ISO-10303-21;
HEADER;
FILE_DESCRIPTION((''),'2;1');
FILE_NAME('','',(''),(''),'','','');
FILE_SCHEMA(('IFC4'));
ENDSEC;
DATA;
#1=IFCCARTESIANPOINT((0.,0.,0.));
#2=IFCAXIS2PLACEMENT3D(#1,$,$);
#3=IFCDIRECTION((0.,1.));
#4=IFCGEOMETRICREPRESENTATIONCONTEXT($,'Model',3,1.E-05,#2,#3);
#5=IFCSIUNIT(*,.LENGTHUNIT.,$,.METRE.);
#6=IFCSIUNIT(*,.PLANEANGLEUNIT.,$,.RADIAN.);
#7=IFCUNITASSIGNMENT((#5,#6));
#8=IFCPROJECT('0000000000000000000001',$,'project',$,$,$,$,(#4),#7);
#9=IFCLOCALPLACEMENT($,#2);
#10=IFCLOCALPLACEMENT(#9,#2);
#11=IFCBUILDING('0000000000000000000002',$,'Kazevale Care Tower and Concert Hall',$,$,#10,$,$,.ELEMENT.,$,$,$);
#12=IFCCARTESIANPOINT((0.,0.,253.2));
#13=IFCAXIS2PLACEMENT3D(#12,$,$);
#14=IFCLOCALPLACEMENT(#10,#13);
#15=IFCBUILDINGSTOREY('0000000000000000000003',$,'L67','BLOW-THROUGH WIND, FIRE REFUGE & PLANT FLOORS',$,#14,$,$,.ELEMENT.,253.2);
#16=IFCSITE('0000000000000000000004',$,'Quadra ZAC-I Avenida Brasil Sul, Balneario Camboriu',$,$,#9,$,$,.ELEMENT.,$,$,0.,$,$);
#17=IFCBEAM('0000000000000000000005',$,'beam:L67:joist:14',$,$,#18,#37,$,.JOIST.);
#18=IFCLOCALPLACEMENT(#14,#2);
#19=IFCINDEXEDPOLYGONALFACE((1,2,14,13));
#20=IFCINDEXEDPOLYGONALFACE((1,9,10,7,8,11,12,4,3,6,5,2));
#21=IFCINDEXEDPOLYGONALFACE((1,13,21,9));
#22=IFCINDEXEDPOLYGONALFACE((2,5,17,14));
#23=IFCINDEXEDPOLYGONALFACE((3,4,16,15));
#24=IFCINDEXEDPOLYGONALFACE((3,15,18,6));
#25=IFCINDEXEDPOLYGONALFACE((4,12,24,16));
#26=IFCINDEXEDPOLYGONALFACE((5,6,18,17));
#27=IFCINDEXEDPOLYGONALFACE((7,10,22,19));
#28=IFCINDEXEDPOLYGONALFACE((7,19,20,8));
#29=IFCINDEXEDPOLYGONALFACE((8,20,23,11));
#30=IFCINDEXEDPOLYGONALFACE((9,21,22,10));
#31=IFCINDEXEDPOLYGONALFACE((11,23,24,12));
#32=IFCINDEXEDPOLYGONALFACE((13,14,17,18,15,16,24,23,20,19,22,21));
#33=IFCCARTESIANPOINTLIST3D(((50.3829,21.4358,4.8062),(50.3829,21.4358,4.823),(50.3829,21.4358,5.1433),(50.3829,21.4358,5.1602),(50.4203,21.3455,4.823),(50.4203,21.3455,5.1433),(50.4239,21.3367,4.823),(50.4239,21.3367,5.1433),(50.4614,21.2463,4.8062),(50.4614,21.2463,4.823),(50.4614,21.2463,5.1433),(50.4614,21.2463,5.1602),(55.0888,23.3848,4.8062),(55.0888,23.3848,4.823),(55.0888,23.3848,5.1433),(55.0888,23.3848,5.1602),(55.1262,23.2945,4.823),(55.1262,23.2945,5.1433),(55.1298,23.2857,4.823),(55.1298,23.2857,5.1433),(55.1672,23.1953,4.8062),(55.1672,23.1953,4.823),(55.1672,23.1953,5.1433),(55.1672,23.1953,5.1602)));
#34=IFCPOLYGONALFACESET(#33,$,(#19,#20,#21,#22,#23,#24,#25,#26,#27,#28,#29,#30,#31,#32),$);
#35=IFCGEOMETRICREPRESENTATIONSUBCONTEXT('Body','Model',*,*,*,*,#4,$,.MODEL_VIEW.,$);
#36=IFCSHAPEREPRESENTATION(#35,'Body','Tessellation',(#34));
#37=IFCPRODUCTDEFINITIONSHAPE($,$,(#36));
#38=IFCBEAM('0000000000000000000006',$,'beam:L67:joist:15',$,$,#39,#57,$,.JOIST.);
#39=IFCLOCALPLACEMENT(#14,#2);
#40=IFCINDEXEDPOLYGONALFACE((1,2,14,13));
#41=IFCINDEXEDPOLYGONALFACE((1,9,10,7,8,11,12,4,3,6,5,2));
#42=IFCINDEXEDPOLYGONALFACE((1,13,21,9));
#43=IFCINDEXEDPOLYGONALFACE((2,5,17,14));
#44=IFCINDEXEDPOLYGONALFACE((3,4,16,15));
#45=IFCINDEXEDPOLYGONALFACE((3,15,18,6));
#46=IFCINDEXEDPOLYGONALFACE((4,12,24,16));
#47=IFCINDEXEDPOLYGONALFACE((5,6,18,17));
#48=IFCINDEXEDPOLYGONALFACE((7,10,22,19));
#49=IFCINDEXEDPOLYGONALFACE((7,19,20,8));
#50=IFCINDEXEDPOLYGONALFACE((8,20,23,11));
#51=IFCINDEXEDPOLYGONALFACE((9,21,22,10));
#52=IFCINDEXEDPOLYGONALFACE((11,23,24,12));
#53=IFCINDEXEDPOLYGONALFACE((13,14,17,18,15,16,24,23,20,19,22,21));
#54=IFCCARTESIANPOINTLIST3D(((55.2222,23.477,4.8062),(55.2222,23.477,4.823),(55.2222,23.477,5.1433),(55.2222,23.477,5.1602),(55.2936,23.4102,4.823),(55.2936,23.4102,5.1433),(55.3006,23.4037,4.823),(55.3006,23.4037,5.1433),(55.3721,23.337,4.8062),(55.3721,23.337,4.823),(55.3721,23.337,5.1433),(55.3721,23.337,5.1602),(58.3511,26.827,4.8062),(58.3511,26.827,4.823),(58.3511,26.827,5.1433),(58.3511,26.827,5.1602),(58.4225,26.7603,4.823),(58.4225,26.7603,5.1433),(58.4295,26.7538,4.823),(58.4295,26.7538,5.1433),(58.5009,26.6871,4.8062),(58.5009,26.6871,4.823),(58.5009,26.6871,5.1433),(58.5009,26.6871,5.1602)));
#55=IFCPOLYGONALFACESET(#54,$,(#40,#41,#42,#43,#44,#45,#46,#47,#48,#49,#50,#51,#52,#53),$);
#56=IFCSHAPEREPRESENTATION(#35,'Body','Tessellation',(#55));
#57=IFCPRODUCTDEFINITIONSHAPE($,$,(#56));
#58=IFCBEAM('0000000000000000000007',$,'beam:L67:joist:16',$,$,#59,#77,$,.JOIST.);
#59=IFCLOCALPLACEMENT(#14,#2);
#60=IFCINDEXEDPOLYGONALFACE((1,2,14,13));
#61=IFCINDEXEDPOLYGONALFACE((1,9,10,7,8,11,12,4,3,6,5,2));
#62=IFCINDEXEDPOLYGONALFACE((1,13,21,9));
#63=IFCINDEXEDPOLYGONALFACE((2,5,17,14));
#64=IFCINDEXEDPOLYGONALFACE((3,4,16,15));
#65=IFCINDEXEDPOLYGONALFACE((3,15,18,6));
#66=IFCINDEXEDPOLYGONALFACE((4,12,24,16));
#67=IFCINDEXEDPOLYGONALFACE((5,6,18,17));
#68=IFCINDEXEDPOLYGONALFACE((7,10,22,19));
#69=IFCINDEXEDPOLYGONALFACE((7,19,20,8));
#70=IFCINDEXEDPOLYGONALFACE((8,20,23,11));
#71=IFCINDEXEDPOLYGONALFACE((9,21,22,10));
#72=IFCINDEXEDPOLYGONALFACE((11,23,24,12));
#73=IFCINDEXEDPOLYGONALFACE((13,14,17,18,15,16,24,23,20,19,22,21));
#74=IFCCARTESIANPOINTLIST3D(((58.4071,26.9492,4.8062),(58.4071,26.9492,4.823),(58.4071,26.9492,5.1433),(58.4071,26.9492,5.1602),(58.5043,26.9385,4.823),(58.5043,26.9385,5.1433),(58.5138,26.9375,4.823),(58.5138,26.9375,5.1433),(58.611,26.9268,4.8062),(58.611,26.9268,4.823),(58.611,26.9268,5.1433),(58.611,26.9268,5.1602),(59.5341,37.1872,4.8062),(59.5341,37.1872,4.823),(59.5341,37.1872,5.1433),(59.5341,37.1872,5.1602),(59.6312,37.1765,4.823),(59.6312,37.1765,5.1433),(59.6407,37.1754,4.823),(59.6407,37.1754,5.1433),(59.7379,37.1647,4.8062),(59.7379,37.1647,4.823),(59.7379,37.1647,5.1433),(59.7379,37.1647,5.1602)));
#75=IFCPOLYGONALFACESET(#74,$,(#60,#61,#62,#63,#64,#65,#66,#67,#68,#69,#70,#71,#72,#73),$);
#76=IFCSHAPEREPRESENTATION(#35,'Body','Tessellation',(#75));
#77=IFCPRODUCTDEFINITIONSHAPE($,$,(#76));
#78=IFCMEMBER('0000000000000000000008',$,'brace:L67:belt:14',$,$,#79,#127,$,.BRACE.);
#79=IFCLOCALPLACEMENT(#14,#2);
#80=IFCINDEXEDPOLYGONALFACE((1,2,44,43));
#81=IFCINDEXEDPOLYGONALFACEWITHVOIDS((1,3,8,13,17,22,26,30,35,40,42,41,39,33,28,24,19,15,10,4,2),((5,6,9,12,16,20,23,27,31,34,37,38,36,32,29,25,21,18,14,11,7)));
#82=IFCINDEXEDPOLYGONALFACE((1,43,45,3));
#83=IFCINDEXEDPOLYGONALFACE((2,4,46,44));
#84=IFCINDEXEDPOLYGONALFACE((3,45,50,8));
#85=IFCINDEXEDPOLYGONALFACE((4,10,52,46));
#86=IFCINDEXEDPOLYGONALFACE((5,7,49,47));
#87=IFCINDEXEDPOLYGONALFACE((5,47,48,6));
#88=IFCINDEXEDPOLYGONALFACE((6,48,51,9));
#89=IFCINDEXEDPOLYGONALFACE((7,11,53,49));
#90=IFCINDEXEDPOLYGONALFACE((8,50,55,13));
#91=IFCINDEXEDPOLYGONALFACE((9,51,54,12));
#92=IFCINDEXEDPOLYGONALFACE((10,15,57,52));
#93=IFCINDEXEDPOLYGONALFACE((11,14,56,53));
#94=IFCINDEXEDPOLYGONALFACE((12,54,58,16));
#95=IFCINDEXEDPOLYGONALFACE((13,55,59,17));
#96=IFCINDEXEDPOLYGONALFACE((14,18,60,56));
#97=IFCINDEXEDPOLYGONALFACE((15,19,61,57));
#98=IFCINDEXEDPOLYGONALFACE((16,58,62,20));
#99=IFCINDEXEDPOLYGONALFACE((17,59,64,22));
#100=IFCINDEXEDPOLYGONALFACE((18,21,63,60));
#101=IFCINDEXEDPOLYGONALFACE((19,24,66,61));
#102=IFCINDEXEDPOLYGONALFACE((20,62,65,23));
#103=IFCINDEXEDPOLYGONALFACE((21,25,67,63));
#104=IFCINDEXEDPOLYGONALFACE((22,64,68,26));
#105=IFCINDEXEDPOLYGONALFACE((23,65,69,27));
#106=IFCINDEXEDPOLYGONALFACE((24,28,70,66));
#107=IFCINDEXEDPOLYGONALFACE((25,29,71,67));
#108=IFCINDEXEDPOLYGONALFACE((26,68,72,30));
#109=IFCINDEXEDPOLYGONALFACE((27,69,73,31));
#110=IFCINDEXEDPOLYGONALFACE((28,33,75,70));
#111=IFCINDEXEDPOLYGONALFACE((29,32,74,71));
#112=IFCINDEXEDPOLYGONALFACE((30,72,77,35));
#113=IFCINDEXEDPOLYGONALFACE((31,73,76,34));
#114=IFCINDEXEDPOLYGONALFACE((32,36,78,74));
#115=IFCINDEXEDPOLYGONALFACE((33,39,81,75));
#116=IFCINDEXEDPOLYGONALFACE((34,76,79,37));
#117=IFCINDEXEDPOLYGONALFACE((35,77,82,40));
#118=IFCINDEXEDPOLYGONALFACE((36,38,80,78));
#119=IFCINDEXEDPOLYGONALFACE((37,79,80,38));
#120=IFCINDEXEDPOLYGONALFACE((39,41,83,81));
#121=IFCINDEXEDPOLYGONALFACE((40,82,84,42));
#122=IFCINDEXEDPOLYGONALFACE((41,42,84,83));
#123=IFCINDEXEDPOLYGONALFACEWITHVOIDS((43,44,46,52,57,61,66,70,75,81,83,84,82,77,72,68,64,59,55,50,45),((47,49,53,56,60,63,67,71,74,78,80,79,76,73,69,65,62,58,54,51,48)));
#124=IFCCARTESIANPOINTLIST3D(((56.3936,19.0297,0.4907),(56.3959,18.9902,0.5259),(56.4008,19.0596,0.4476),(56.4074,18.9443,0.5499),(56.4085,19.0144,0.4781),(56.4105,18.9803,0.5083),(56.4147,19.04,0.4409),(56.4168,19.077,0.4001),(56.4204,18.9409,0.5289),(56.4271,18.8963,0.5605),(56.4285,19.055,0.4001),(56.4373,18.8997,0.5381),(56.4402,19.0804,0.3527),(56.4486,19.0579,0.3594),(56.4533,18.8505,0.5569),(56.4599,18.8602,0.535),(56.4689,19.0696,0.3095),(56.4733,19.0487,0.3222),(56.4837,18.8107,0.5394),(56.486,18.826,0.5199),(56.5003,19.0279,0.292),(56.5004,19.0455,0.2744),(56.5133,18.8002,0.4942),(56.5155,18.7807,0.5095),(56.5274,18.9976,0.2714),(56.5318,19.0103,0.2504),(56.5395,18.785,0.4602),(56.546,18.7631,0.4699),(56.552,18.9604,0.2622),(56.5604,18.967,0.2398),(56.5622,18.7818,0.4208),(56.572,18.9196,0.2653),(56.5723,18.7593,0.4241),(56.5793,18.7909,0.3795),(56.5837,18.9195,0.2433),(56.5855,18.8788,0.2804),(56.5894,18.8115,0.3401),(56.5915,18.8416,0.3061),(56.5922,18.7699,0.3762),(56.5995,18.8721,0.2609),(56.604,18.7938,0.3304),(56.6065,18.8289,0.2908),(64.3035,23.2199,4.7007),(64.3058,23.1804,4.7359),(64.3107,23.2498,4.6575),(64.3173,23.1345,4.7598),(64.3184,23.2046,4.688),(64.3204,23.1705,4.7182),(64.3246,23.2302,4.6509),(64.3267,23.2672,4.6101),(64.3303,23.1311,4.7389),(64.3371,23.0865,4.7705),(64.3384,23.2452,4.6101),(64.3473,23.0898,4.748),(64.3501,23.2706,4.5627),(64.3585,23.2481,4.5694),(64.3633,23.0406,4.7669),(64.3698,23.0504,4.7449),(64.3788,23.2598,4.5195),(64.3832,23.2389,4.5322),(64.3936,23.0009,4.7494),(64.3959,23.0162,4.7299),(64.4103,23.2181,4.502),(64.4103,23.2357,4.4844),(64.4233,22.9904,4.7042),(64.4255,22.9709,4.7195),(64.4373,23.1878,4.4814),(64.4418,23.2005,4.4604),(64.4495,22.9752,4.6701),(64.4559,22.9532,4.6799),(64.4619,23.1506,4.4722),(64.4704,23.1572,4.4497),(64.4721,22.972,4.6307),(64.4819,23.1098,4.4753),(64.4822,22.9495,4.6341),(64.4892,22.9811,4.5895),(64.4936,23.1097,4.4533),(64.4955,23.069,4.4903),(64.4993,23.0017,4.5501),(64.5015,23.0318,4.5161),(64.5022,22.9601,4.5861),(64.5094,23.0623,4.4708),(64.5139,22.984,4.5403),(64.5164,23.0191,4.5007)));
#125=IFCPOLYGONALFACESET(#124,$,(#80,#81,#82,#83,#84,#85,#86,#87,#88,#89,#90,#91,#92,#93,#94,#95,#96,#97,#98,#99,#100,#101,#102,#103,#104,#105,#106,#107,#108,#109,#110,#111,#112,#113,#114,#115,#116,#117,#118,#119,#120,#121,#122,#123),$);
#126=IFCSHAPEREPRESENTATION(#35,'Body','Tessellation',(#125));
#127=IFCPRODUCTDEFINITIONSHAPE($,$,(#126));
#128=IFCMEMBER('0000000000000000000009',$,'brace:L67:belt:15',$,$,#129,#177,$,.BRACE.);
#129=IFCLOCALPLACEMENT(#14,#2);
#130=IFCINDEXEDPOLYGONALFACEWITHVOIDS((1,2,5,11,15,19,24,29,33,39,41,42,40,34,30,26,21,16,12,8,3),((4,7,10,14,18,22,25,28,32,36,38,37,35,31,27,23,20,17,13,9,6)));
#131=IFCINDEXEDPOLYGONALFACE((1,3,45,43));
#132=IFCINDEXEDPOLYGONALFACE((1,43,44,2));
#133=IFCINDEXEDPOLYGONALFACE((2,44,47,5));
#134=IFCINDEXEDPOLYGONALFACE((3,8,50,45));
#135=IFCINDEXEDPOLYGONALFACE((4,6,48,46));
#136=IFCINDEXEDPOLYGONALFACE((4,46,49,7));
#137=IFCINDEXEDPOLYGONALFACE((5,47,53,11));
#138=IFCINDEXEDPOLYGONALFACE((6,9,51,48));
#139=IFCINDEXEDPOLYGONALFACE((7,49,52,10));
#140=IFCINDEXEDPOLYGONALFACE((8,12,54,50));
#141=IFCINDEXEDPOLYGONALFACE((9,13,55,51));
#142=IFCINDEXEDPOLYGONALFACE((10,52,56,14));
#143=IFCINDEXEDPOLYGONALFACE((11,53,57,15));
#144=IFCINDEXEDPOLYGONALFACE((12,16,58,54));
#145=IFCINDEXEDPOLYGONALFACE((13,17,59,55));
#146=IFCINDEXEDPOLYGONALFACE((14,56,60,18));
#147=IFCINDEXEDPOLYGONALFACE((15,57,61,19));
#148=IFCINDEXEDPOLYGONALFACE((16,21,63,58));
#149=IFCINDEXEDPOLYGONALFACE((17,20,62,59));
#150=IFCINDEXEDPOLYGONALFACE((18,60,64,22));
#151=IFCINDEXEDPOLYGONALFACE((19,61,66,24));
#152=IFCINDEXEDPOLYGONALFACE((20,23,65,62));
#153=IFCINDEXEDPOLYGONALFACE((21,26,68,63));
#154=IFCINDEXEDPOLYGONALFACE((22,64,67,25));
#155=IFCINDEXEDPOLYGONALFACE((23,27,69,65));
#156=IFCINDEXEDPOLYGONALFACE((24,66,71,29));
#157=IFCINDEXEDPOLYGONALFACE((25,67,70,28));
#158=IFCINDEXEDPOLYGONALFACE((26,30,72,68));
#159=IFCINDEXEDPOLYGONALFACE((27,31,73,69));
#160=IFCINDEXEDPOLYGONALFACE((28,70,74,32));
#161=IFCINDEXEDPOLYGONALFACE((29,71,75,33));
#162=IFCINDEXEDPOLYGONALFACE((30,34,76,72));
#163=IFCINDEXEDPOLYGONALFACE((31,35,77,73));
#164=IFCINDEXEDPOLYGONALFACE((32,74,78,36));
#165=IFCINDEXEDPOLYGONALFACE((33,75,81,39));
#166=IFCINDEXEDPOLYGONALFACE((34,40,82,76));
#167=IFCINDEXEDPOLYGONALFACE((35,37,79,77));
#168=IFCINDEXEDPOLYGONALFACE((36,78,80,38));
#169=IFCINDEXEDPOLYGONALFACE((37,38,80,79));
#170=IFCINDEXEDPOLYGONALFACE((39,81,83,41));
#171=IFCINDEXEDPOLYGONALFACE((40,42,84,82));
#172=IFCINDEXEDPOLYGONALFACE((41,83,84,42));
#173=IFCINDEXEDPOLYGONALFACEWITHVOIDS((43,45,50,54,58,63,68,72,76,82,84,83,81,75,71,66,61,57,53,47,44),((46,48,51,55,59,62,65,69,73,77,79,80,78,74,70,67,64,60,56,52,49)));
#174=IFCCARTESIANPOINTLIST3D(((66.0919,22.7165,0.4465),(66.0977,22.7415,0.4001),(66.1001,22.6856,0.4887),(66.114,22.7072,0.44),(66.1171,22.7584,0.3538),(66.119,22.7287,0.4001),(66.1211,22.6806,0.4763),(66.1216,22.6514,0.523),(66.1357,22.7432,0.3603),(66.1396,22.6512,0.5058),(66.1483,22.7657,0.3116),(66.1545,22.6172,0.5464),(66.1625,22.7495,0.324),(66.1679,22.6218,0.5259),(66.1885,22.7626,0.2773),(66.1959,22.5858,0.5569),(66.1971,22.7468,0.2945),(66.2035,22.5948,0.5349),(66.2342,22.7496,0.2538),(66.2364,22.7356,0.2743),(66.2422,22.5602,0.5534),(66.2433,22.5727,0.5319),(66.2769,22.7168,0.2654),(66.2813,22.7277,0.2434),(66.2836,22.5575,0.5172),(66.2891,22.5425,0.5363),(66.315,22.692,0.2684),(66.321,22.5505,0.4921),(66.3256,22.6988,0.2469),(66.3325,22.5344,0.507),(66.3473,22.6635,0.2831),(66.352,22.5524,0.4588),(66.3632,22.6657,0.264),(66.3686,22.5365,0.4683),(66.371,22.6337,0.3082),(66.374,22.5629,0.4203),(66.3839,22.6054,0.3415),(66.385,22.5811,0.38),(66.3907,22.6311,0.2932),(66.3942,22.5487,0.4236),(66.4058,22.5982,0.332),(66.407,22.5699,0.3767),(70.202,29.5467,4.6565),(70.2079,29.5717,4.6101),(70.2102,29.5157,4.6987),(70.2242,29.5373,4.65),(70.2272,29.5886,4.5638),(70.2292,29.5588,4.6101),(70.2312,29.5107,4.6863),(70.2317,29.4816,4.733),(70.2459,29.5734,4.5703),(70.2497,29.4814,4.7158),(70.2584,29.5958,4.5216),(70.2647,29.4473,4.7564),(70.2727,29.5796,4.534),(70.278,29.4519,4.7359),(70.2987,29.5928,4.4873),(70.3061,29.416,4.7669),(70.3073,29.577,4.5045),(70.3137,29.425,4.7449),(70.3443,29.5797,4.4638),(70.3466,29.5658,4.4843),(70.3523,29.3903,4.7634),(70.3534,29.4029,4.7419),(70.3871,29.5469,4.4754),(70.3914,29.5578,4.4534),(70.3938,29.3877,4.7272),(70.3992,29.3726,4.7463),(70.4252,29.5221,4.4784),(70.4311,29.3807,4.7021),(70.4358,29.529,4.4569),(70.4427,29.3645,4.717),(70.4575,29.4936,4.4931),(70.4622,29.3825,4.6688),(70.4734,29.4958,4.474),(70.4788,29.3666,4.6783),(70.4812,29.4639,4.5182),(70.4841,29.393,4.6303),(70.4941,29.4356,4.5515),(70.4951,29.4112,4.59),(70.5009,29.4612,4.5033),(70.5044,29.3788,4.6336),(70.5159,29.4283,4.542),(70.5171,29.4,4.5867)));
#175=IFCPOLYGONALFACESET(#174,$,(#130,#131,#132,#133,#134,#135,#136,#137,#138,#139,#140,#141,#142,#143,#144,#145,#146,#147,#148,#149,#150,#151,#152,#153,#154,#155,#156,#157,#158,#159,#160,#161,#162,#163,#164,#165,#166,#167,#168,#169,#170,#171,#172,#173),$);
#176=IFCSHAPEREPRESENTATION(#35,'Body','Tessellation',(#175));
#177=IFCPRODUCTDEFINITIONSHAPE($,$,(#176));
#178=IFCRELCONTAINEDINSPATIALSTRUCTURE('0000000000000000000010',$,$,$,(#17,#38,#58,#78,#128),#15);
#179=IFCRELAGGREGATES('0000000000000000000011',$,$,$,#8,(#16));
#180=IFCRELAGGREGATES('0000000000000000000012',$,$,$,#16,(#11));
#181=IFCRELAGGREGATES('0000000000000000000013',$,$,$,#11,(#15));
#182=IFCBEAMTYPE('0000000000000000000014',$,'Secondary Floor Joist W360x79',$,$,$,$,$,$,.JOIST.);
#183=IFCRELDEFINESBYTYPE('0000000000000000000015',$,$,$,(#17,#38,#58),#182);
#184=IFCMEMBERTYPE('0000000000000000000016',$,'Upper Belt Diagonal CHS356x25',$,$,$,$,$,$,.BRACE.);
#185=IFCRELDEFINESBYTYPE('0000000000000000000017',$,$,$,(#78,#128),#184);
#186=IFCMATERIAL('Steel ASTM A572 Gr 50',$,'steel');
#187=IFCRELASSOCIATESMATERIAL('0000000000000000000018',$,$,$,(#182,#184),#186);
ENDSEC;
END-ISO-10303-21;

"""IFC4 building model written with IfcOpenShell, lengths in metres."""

from ifc_helpers import new_model, si_unit, direction, frame, origin, origin_2d, place, context, subcontext, project, spatial, hollow_circle, i_section, extrude, material, material_profile, profile_set, type_object, element, save


model = new_model("IFC4")

# Units and contexts
model_context = context("Model", 3, precision=1e-05, world=origin(), true_north=direction((0.0, 1.0)))
body_context = subcontext(model_context, "Body", "Model", "MODEL_VIEW")
ifc_project = project(units=[si_unit("LENGTHUNIT", "METRE"), si_unit("PLANEANGLEUNIT", "RADIAN")], contexts=[model_context])

# Site, building, storey
site_placement = place(None, origin())
site = spatial("IfcSite", under=ifc_project, at=site_placement, Name="Quadra ZAC-I Avenida Brasil Sul, Balneario Camboriu", CompositionType="ELEMENT", RefElevation=0.0)
building_placement = place(site_placement, origin())
building = spatial("IfcBuilding", under=site, at=building_placement, Name="Kazevale Care Tower and Concert Hall", CompositionType="ELEMENT")
storey_placement = place(building_placement, frame((0.0, 0.0, 253.2)))
storey = spatial("IfcBuildingStorey", under=building, at=storey_placement, Name="L67", Description="BLOW-THROUGH WIND, FIRE REFUGE & PLANT FLOORS", CompositionType="ELEMENT", Elevation=253.2)

# Beams
ifc_material_1 = material(Name="Steel ASTM A572 Gr 50", Category="steel")
ifc_material_profile_1 = material_profile(ifc_material_1, i_section(OverallWidth=0.2051, OverallDepth=0.354, WebThickness=0.0095, FlangeThickness=0.0168, at=origin_2d()), Name="W360x79")
ifc_profile_set_1 = profile_set([ifc_material_profile_1], Name="Steel ASTM A572 Gr 50")
beam_type_1 = type_object("IfcBeamType", Name="Secondary Floor Joist W360x79", PredefinedType="JOIST", material=ifc_profile_set_1)
beam_1_placement = place(storey_placement, frame((50.4221, 21.3411, 4.9832), z_axis=(0.923896, 0.382644, 0.0), x_axis=(-0.382644, 0.923896, 0.0)))
element("IfcBeam", 1, at=beam_1_placement, inside=storey, type_object=beam_type_1, Name="beam:L67:joist:14", PredefinedType="JOIST", context=body_context, shape_type="SweptSolid", body=[
    extrude(i_section(OverallWidth=0.2051, OverallDepth=0.354, WebThickness=0.0095, FlangeThickness=0.0168, at=origin_2d()), origin(), (0.0, 0.0, 1.0), 5.0935),
])
beam_2_placement = place(storey_placement, frame((55.2971, 23.407, 4.9832), z_axis=(0.682569, 0.730821, 0.0), x_axis=(-0.730821, 0.682569, 0.0)))
element("IfcBeam", 2, at=beam_2_placement, inside=storey, type_object=beam_type_1, Name="beam:L67:joist:15", PredefinedType="JOIST", context=body_context, shape_type="SweptSolid", body=[
    extrude(i_section(OverallWidth=0.2051, OverallDepth=0.354, WebThickness=0.0095, FlangeThickness=0.0168, at=origin_2d()), origin(), (0.0, 0.0, 1.0), 4.584),
])
beam_3_placement = place(storey_placement, frame((58.509, 26.938, 4.9832), z_axis=(0.109414, 0.993996, 0.0), x_axis=(-0.993996, 0.109414, 0.0)))
element("IfcBeam", 3, at=beam_3_placement, inside=storey, type_object=beam_type_1, Name="beam:L67:joist:16", PredefinedType="JOIST", context=body_context, shape_type="SweptSolid", body=[
    extrude(i_section(OverallWidth=0.2051, OverallDepth=0.354, WebThickness=0.0095, FlangeThickness=0.0168, at=origin_2d()), origin(), (0.0, 0.0, 1.0), 10.2998),
])

# Members
ifc_material_profile_2 = material_profile(ifc_material_1, hollow_circle(Radius=0.1777, WallThickness=0.0249, at=origin_2d()), Name="CHS356x25")
ifc_profile_set_2 = profile_set([ifc_material_profile_2], Name="Steel ASTM A572 Gr 50")
member_type = type_object("IfcMemberType", Name="Upper Belt Diagonal CHS356x25", PredefinedType="BRACE", material=ifc_profile_set_2)
member_1_placement = place(storey_placement, frame((56.5, 18.9199, 0.4001), z_axis=(0.799642, 0.423601, 0.4256), x_axis=(-0.468113, 0.883668, 0.0)))
element("IfcMember", 4, at=member_1_placement, inside=storey, type_object=member_type, Name="brace:L67:belt:14", PredefinedType="BRACE", context=body_context, shape_type="SweptSolid", body=[
    extrude(hollow_circle(Radius=0.1777, WallThickness=0.0249, at=origin_2d()), origin(), (0.0, 0.0, 1.0), 9.8918),
])
member_2_placement = place(storey_placement, frame((66.25, 22.6499, 0.4001), z_axis=(0.455929, 0.757651, 0.467005), x_axis=(-0.856825, 0.515608, 0.0)))
element("IfcMember", 5, at=member_2_placement, inside=storey, type_object=member_type, Name="brace:L67:belt:15", PredefinedType="BRACE", context=body_context, shape_type="SweptSolid", body=[
    extrude(hollow_circle(Radius=0.1777, WallThickness=0.0249, at=origin_2d()), origin(), (0.0, 0.0, 1.0), 9.0149),
])

save(model, "model.ifc")
